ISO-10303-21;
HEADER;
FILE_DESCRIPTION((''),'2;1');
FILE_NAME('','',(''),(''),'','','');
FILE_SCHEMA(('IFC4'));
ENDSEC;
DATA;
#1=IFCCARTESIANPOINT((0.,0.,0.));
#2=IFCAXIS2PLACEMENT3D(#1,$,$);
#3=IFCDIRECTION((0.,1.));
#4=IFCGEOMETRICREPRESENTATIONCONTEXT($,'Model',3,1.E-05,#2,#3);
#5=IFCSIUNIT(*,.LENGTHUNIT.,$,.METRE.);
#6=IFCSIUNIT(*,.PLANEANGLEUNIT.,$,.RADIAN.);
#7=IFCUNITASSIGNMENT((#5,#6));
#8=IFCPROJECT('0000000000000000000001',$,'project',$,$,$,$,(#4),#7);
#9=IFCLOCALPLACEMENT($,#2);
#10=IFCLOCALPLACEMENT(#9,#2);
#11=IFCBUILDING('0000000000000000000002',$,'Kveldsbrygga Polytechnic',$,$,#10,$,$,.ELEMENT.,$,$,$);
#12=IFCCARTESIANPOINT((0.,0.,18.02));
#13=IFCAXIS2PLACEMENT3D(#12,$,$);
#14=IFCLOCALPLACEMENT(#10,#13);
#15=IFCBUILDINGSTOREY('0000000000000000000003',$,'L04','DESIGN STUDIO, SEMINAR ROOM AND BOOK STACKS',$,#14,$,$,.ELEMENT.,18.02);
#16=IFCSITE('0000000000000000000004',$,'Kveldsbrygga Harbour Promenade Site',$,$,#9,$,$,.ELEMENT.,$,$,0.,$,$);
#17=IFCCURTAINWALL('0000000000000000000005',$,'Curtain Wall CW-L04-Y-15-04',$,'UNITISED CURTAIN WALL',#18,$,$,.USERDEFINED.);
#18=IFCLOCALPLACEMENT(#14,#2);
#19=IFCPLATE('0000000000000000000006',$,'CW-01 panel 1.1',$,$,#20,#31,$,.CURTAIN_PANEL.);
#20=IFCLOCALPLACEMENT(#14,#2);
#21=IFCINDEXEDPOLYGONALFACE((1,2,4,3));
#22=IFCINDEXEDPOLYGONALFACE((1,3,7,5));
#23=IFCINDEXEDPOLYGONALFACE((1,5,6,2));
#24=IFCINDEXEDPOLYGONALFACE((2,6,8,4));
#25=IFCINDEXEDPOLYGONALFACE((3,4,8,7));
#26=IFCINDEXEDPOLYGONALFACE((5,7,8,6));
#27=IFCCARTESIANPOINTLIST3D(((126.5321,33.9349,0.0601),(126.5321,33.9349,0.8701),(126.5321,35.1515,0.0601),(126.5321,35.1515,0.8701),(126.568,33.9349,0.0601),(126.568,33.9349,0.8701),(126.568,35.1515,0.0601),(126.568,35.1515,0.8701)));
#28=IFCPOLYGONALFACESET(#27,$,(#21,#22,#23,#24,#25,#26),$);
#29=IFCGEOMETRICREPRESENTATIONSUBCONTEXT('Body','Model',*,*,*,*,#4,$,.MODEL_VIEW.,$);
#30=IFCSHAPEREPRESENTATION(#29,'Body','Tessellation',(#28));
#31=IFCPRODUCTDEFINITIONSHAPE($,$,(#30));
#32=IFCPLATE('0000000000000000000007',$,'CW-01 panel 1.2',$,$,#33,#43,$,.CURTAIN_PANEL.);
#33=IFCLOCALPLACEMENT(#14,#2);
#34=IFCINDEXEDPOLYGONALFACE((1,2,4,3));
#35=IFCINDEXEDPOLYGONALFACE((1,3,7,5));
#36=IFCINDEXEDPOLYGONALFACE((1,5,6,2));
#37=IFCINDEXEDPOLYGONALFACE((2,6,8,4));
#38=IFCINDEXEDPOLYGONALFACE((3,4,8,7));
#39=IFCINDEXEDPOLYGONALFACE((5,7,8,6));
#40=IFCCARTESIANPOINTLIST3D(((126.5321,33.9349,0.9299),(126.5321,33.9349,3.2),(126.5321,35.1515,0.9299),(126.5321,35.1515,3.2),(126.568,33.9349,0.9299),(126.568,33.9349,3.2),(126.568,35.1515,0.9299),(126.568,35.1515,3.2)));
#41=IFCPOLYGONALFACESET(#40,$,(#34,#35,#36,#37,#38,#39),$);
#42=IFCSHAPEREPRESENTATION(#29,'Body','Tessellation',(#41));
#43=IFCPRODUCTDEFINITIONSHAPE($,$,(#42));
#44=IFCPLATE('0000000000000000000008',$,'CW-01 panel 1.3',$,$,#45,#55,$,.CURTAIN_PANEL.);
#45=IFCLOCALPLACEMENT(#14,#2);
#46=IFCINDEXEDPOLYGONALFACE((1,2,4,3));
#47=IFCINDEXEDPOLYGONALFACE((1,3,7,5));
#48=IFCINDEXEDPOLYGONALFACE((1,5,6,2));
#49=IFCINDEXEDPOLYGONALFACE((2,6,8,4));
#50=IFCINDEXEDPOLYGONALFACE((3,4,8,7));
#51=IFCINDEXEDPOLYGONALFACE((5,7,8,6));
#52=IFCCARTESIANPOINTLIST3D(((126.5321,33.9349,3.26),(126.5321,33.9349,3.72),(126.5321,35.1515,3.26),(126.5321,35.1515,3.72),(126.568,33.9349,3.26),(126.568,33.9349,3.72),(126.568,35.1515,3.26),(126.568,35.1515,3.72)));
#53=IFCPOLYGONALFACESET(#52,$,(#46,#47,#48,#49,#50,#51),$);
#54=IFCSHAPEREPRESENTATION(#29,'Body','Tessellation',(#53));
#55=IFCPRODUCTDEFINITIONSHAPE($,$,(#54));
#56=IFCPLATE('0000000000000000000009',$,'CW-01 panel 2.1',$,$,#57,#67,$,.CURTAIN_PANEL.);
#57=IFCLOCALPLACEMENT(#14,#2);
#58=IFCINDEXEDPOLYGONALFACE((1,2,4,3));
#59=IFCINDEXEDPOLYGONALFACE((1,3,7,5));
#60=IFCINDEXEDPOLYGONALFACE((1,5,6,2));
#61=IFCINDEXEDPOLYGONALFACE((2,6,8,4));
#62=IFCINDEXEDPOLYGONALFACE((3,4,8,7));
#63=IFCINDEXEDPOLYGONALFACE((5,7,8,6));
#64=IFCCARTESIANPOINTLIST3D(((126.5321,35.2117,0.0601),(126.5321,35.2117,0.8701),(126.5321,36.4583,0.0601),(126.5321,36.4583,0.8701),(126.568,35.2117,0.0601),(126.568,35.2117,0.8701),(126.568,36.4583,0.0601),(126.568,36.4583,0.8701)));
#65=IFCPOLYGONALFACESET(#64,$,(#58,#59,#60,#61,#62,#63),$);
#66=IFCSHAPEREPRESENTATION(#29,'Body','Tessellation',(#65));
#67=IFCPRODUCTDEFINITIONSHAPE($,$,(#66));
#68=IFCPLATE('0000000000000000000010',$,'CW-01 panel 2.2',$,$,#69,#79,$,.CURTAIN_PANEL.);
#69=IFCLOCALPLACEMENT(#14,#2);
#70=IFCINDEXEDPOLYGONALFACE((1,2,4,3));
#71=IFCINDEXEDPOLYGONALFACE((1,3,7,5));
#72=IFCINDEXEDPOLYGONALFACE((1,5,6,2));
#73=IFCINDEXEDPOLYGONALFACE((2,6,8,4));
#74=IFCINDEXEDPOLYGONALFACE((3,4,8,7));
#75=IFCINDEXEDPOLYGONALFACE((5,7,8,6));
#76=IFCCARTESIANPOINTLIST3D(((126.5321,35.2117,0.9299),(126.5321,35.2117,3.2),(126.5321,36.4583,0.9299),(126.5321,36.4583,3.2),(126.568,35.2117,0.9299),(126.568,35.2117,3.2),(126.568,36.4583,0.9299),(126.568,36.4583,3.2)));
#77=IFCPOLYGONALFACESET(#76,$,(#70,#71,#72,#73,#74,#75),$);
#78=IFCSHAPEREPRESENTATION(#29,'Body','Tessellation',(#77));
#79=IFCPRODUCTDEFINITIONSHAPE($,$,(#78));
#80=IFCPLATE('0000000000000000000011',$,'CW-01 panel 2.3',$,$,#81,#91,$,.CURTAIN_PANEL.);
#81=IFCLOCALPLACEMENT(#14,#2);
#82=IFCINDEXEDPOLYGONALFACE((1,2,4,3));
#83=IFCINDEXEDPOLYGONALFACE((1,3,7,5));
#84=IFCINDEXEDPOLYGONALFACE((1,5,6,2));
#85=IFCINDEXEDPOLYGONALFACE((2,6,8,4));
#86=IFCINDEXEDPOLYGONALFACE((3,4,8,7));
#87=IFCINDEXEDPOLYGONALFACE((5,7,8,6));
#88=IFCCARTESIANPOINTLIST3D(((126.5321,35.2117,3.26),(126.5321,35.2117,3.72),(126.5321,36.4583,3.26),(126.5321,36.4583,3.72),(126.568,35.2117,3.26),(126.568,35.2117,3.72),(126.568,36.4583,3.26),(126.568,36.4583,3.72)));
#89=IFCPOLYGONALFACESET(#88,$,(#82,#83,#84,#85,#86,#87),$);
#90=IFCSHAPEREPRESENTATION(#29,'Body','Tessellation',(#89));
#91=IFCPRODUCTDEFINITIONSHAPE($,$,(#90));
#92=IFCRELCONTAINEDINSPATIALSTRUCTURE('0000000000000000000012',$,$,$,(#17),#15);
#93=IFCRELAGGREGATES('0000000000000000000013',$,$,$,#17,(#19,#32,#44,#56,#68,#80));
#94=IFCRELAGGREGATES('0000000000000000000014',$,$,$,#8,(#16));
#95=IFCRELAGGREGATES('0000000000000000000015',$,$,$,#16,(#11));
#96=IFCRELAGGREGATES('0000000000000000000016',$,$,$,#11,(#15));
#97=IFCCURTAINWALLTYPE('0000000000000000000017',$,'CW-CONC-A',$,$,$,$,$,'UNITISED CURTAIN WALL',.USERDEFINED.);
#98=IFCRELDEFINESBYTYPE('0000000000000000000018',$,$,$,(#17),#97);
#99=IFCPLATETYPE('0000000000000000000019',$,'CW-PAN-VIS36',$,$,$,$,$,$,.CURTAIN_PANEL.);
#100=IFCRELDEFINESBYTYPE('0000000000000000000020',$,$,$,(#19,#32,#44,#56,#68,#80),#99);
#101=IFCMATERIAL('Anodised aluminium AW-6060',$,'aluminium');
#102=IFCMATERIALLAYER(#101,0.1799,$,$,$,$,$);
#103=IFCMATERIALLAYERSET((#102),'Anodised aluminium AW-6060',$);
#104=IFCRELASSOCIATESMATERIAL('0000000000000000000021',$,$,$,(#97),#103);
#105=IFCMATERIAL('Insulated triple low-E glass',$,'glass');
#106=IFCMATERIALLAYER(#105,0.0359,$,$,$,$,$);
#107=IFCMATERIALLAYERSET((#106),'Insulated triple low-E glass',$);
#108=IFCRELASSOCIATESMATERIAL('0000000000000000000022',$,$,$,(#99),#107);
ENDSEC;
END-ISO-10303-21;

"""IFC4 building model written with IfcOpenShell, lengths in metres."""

from ifc_helpers import new_model, si_unit, direction, frame, origin, origin_2d, place, context, subcontext, project, spatial, rectangle, extrude, material, layer, layer_set, type_object, element, aggregate, save


model = new_model("IFC4")

# Units and contexts
model_context = context("Model", 3, precision=1e-05, world=origin(), true_north=direction((0.0, 1.0)))
body_context = subcontext(model_context, "Body", "Model", "MODEL_VIEW")
ifc_project = project(units=[si_unit("LENGTHUNIT", "METRE"), si_unit("PLANEANGLEUNIT", "RADIAN")], contexts=[model_context])

# Site, building, storey
site_placement = place(None, origin())
site = spatial("IfcSite", under=ifc_project, at=site_placement, Name="Kveldsbrygga Harbour Promenade Site", CompositionType="ELEMENT", RefElevation=0.0)
building_placement = place(site_placement, origin())
building = spatial("IfcBuilding", under=site, at=building_placement, Name="Kveldsbrygga Polytechnic", CompositionType="ELEMENT")
storey_placement = place(building_placement, frame((0.0, 0.0, 18.02)))
storey = spatial("IfcBuildingStorey", under=building, at=storey_placement, Name="L04", Description="DESIGN STUDIO, SEMINAR ROOM AND BOOK STACKS", CompositionType="ELEMENT", Elevation=18.02)

# Curtain wall, plates
ifc_material_1 = material(Name="Anodised aluminium AW-6060", Category="aluminium")
ifc_layer_1 = layer(ifc_material_1, 0.1799)
ifc_layer_set_1 = layer_set([ifc_layer_1], Name="Anodised aluminium AW-6060")
curtain_wall_type = type_object("IfcCurtainWallType", Name="CW-CONC-A", ElementType="UNITISED CURTAIN WALL", PredefinedType="USERDEFINED", material=ifc_layer_set_1)
curtain_wall_placement = place(storey_placement, origin())
curtain_wall = element("IfcCurtainWall", 1, at=curtain_wall_placement, inside=storey, type_object=curtain_wall_type, Name="Curtain Wall CW-L04-Y-15-04", ObjectType="UNITISED CURTAIN WALL", PredefinedType="USERDEFINED")
ifc_material_2 = material(Name="Insulated triple low-E glass", Category="glass")
ifc_layer_2 = layer(ifc_material_2, 0.0359)
ifc_layer_set_2 = layer_set([ifc_layer_2], Name="Insulated triple low-E glass")
plate_type = type_object("IfcPlateType", Name="CW-PAN-VIS36", PredefinedType="CURTAIN_PANEL", material=ifc_layer_set_2)
plate_1_placement = place(storey_placement, frame((126.55, 34.5432, 0.0601), z_axis=(0.0, 0.0, 1.0), x_axis=(0.0, 1.0, 0.0)))
plate_1 = element("IfcPlate", 2, at=plate_1_placement, type_object=plate_type, Name="CW-01 panel 1.1", PredefinedType="CURTAIN_PANEL", context=body_context, shape_type="SweptSolid", body=[
    extrude(rectangle(XDim=1.2166, YDim=0.0359, at=origin_2d()), origin(), (0.0, 0.0, 1.0), 0.8101),
])
plate_2_placement = place(storey_placement, frame((126.55, 34.5432, 0.9299), z_axis=(0.0, 0.0, 1.0), x_axis=(0.0, 1.0, 0.0)))
plate_2 = element("IfcPlate", 3, at=plate_2_placement, type_object=plate_type, Name="CW-01 panel 1.2", PredefinedType="CURTAIN_PANEL", context=body_context, shape_type="SweptSolid", body=[
    extrude(rectangle(XDim=1.2166, YDim=0.0359, at=origin_2d()), origin(), (0.0, 0.0, 1.0), 2.27),
])
plate_3_placement = place(storey_placement, frame((126.55, 34.5432, 3.26), z_axis=(0.0, 0.0, 1.0), x_axis=(0.0, 1.0, 0.0)))
plate_3 = element("IfcPlate", 4, at=plate_3_placement, type_object=plate_type, Name="CW-01 panel 1.3", PredefinedType="CURTAIN_PANEL", context=body_context, shape_type="SweptSolid", body=[
    extrude(rectangle(XDim=1.2166, YDim=0.0359, at=origin_2d()), origin(), (0.0, 0.0, 1.0), 0.46),
])
plate_4_placement = place(storey_placement, frame((126.55, 35.835, 0.0601), z_axis=(0.0, 0.0, 1.0), x_axis=(0.0, 1.0, 0.0)))
plate_4 = element("IfcPlate", 5, at=plate_4_placement, type_object=plate_type, Name="CW-01 panel 2.1", PredefinedType="CURTAIN_PANEL", context=body_context, shape_type="SweptSolid", body=[
    extrude(rectangle(XDim=1.2466, YDim=0.0359, at=origin_2d()), origin(), (0.0, 0.0, 1.0), 0.8101),
])
plate_5_placement = place(storey_placement, frame((126.55, 35.835, 0.9299), z_axis=(0.0, 0.0, 1.0), x_axis=(0.0, 1.0, 0.0)))
plate_5 = element("IfcPlate", 6, at=plate_5_placement, type_object=plate_type, Name="CW-01 panel 2.2", PredefinedType="CURTAIN_PANEL", context=body_context, shape_type="SweptSolid", body=[
    extrude(rectangle(XDim=1.2466, YDim=0.0359, at=origin_2d()), origin(), (0.0, 0.0, 1.0), 2.27),
])
plate_6_placement = place(storey_placement, frame((126.55, 35.835, 3.26), z_axis=(0.0, 0.0, 1.0), x_axis=(0.0, 1.0, 0.0)))
plate_6 = element("IfcPlate", 7, at=plate_6_placement, type_object=plate_type, Name="CW-01 panel 2.3", PredefinedType="CURTAIN_PANEL", context=body_context, shape_type="SweptSolid", body=[
    extrude(rectangle(XDim=1.2466, YDim=0.0359, at=origin_2d()), origin(), (0.0, 0.0, 1.0), 0.46),
])
aggregate(curtain_wall, [plate_1, plate_2, plate_3, plate_4, plate_5, plate_6])

save(model, "model.ifc")
